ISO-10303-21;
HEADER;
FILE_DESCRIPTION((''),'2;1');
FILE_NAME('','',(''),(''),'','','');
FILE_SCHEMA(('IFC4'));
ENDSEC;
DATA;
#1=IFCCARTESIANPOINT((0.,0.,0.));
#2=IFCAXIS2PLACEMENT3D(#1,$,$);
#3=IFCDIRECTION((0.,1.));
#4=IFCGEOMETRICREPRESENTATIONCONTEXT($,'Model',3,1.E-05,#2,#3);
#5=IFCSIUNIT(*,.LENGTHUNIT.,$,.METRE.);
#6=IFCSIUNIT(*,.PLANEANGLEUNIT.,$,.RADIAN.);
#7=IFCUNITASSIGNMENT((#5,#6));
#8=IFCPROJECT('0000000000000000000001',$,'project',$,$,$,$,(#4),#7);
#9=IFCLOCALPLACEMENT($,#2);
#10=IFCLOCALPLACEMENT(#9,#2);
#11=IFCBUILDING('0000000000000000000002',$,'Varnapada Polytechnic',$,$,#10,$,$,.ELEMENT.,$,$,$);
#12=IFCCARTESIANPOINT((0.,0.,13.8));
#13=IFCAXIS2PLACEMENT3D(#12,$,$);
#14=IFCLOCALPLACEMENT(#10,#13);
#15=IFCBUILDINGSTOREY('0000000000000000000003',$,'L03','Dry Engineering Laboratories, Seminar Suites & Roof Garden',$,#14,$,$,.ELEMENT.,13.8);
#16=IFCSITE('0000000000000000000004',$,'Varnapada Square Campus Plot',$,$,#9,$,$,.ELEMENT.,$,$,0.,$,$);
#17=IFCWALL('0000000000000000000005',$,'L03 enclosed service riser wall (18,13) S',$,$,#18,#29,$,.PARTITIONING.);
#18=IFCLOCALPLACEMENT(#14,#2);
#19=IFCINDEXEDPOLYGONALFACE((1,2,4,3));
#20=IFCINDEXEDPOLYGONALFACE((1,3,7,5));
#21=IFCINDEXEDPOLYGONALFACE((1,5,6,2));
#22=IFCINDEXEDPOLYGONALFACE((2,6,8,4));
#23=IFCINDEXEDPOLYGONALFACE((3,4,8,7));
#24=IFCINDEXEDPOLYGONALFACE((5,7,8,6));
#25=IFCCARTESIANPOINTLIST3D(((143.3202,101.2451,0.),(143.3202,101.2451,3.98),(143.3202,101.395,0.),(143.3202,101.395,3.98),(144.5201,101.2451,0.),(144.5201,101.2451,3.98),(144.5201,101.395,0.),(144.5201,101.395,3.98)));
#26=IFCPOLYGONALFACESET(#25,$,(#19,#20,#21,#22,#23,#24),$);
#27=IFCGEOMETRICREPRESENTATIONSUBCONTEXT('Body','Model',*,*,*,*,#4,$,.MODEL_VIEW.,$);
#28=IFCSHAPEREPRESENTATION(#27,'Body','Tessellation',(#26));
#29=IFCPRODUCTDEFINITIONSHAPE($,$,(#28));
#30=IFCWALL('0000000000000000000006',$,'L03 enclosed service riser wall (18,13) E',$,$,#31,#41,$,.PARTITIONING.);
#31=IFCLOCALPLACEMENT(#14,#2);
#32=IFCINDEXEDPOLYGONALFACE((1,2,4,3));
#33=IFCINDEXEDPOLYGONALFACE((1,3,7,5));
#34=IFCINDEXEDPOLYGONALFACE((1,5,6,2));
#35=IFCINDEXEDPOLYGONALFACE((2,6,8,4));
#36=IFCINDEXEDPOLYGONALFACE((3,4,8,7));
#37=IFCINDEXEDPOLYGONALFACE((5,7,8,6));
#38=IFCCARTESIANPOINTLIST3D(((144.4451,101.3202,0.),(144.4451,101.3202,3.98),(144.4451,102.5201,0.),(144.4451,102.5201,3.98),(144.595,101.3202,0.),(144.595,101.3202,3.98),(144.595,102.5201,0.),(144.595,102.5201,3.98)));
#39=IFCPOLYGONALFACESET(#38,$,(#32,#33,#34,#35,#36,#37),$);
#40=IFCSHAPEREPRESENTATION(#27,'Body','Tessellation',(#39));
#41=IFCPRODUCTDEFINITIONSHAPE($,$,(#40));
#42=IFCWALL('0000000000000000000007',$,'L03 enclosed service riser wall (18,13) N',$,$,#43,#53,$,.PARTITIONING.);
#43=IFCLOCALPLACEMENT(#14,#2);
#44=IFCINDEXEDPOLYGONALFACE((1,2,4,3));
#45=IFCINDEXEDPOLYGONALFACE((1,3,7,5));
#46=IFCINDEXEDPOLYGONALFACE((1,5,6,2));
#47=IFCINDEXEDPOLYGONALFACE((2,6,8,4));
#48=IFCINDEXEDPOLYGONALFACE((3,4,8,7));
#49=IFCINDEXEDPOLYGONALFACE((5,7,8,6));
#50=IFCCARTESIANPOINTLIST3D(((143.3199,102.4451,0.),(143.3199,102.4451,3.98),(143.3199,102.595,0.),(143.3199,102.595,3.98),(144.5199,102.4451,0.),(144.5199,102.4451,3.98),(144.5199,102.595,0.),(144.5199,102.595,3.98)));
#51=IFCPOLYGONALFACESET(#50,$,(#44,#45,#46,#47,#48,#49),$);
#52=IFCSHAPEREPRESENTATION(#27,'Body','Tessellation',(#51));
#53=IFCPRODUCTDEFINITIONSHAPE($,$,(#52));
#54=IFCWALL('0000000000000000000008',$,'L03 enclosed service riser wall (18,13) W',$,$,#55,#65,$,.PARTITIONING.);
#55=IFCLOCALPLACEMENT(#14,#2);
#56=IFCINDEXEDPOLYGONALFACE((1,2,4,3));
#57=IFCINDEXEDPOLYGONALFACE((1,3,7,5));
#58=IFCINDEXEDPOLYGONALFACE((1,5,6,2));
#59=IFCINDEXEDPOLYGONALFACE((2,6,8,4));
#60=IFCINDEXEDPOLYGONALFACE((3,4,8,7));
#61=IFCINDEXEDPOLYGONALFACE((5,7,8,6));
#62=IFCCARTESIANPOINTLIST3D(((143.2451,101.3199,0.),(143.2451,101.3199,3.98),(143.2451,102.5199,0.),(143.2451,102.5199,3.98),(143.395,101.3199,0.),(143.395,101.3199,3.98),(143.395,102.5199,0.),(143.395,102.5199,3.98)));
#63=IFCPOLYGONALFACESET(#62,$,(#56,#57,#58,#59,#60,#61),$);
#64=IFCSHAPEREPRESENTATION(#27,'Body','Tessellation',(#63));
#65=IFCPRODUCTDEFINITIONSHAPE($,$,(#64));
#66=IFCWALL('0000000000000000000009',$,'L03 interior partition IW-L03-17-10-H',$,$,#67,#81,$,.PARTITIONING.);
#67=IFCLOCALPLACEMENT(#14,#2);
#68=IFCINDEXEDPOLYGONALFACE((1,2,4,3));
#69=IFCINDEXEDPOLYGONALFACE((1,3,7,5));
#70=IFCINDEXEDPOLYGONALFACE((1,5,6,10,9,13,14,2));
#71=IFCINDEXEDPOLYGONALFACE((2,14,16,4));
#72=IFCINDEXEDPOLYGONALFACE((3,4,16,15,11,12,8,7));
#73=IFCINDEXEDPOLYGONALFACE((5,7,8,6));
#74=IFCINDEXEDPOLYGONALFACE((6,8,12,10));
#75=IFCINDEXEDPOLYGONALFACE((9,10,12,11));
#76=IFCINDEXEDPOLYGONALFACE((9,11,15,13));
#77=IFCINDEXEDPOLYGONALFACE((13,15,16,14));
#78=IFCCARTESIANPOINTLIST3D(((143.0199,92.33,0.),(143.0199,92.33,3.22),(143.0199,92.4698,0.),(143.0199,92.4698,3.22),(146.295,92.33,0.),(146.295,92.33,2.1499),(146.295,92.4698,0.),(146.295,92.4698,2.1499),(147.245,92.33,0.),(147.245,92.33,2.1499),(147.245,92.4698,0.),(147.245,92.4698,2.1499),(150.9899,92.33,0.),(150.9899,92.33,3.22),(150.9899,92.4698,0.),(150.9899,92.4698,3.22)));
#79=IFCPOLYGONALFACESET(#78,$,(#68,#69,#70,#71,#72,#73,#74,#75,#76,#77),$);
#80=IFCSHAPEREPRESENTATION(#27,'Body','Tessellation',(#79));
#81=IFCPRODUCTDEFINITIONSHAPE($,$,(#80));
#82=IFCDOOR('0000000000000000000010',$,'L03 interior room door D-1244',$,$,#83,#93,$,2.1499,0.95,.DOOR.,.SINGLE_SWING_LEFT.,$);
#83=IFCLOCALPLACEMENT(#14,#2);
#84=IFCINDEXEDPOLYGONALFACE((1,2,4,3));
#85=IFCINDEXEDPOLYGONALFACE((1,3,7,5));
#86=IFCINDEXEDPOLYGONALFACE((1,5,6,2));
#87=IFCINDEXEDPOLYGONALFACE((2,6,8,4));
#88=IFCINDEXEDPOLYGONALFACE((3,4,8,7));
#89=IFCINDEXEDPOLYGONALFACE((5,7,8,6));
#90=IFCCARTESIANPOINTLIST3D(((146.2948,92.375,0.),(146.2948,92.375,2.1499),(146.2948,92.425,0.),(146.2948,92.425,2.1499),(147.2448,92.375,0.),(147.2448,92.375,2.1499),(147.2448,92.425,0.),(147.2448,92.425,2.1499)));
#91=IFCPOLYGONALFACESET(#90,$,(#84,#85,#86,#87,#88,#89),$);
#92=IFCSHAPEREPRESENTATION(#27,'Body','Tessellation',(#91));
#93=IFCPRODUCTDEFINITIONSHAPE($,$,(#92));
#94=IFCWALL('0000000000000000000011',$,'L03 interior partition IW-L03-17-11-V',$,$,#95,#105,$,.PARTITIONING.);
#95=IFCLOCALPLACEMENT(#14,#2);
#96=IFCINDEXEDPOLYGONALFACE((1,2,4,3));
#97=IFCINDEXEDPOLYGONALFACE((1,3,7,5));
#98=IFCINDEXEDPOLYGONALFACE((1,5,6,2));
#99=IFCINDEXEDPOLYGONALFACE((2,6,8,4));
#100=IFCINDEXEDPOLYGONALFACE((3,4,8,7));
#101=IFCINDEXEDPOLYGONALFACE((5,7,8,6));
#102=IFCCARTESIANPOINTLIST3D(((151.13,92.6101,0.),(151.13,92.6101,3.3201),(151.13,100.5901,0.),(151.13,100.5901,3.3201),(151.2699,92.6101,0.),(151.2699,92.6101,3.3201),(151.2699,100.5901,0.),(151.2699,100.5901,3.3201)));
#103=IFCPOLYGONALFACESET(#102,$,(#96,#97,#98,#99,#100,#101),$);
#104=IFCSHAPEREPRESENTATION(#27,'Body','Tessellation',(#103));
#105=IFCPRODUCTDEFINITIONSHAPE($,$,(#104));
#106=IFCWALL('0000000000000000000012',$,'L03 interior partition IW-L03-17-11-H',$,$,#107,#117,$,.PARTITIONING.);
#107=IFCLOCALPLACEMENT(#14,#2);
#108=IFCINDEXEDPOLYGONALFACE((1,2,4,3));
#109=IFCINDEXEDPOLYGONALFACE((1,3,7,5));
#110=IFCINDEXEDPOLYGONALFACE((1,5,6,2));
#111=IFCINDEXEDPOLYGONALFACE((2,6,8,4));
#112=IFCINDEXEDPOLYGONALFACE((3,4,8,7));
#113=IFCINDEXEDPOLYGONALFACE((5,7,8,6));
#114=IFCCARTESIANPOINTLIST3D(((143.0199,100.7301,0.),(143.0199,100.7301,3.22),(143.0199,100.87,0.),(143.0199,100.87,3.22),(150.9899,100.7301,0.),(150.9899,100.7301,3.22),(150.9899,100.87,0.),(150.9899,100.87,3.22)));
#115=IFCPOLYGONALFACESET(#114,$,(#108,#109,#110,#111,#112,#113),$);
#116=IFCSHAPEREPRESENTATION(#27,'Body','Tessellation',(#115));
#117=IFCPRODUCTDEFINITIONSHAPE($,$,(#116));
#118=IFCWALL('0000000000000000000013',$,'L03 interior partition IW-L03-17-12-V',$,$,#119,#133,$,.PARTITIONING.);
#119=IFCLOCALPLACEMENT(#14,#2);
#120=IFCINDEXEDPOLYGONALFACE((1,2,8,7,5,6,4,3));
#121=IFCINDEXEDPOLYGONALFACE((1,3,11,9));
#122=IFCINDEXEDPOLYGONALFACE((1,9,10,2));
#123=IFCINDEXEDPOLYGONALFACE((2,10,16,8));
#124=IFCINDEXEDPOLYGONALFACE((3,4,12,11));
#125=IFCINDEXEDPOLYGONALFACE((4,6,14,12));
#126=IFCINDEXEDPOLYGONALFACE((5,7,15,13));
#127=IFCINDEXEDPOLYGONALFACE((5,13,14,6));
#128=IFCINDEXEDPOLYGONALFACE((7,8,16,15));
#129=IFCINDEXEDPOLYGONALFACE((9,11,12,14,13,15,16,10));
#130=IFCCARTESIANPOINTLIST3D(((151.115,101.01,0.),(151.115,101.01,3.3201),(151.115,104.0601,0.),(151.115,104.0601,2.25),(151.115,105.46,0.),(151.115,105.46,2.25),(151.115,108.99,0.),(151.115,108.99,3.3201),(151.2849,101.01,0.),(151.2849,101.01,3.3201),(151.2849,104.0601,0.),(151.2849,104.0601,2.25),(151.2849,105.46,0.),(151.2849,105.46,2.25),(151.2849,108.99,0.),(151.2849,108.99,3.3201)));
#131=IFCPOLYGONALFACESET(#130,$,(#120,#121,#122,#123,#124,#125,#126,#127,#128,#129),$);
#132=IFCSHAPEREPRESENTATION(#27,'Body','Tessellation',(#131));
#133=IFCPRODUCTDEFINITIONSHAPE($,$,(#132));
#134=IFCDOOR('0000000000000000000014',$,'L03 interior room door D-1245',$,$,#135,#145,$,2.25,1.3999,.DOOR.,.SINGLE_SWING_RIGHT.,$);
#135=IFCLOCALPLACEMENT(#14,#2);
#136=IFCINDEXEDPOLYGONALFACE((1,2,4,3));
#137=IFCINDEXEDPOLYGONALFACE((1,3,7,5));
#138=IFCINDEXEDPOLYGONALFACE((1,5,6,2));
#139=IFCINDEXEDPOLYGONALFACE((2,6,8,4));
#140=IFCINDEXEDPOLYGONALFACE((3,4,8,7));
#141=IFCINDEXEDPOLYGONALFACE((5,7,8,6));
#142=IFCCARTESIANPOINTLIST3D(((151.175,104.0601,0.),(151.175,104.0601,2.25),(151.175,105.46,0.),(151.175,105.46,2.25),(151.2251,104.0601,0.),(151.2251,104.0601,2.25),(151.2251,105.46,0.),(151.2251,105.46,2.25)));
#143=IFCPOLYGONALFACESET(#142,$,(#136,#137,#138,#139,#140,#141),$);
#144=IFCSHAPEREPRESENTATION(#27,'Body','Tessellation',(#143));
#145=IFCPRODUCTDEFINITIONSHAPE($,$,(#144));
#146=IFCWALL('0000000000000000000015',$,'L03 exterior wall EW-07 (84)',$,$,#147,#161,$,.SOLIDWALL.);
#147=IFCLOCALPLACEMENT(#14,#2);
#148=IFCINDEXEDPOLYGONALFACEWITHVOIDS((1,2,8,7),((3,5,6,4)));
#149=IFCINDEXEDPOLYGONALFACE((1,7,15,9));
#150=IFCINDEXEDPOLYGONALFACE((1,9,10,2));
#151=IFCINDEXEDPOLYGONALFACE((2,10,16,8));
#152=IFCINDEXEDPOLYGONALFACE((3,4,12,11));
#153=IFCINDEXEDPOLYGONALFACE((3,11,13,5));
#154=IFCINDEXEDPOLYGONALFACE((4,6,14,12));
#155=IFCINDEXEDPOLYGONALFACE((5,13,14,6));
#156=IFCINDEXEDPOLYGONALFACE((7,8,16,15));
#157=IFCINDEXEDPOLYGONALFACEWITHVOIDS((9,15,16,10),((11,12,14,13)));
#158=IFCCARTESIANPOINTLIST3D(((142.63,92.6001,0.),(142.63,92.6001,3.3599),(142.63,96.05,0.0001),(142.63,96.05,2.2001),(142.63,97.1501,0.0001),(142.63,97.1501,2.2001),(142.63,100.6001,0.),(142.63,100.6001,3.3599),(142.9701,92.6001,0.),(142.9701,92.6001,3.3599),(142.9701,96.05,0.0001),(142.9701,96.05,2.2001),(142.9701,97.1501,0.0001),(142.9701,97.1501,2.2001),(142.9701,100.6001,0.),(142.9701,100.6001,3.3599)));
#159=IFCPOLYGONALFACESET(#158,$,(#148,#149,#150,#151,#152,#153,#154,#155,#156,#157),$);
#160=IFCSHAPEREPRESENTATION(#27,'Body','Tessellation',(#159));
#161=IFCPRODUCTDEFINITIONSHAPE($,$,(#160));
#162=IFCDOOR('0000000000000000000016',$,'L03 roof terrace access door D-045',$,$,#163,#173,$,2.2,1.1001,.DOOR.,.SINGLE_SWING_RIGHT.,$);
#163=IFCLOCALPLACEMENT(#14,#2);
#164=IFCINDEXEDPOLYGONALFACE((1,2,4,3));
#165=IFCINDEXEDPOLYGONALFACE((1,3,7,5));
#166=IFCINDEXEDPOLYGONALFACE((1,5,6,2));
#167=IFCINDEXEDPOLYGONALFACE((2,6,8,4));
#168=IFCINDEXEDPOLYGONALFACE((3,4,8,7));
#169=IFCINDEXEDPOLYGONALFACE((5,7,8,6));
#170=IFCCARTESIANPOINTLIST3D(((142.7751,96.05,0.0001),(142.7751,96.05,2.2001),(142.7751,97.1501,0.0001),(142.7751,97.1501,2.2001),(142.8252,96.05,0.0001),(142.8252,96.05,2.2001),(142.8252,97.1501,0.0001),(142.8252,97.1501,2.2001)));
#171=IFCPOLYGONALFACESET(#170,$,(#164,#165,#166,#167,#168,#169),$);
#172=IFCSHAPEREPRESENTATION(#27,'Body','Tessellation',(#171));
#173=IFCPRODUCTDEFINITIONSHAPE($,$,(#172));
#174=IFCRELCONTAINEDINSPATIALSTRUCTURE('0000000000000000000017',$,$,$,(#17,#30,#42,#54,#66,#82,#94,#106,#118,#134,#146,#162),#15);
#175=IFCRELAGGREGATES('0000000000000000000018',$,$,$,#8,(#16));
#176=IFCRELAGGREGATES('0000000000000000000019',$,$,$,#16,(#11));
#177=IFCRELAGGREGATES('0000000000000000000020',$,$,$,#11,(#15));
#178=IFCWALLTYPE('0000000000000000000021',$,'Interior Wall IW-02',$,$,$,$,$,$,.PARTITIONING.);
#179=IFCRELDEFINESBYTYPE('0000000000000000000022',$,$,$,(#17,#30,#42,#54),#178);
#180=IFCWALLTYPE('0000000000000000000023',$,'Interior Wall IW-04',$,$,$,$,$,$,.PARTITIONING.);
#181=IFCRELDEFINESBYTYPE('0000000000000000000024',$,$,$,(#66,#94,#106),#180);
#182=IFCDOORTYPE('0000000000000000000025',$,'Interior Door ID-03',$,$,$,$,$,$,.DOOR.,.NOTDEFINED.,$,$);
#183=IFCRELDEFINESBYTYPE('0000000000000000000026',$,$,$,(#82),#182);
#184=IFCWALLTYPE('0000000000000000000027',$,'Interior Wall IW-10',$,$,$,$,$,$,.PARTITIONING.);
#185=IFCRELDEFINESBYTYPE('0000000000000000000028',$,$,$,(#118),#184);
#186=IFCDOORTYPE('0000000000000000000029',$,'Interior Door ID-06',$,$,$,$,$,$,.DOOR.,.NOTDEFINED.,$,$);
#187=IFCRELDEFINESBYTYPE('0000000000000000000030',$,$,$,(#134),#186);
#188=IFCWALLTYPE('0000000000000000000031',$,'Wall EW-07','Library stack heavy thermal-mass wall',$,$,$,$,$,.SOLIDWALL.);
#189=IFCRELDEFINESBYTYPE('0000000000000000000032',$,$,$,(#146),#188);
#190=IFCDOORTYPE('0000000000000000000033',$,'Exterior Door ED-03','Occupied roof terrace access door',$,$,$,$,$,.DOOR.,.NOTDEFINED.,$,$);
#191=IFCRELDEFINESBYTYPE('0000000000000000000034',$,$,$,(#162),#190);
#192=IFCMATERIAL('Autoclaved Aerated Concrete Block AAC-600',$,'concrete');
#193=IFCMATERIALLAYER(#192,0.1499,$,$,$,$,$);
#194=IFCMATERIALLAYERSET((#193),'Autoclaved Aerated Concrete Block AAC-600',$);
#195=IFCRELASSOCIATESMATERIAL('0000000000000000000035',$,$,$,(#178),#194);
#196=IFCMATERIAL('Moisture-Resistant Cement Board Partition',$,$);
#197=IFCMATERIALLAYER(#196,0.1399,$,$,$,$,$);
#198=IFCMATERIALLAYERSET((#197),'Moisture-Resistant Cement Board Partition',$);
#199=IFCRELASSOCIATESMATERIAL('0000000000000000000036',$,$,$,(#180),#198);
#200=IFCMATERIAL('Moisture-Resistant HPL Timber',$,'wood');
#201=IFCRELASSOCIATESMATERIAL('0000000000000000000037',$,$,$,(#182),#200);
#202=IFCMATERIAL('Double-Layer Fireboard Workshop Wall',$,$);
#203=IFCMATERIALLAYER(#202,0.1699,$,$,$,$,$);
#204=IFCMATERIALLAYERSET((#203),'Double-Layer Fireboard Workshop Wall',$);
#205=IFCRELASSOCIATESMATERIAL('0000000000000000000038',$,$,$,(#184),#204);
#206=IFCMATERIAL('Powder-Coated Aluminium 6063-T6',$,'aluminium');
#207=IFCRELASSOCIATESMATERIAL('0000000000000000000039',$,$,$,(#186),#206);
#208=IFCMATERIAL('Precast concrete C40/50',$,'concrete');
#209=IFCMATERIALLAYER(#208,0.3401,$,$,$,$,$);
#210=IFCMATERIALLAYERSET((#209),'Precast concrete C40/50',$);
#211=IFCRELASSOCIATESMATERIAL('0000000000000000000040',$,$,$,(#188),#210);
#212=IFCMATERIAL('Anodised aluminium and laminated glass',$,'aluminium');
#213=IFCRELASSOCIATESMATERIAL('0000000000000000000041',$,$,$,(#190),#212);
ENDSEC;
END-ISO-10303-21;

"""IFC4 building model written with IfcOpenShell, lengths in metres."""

from ifc_helpers import new_model, si_unit, direction, frame, frame_2d, origin, place, context, subcontext, project, spatial, rectangle, extrude, material, layer, layer_set, type_object, element, fill, save


model = new_model("IFC4")

# Units and contexts
model_context = context("Model", 3, precision=1e-05, world=origin(), true_north=direction((0.0, 1.0)))
body_context = subcontext(model_context, "Body", "Model", "MODEL_VIEW")
ifc_project = project(units=[si_unit("LENGTHUNIT", "METRE"), si_unit("PLANEANGLEUNIT", "RADIAN")], contexts=[model_context])

# Site, building, storey
site_placement = place(None, origin())
site = spatial("IfcSite", under=ifc_project, at=site_placement, Name="Varnapada Square Campus Plot", CompositionType="ELEMENT", RefElevation=0.0)
building_placement = place(site_placement, origin())
building = spatial("IfcBuilding", under=site, at=building_placement, Name="Varnapada Polytechnic", CompositionType="ELEMENT")
storey_placement = place(building_placement, frame((0.0, 0.0, 13.8)))
storey = spatial("IfcBuildingStorey", under=building, at=storey_placement, Name="L03", Description="Dry Engineering Laboratories, Seminar Suites & Roof Garden", CompositionType="ELEMENT", Elevation=13.8)

# Walls
ifc_material_1 = material(Name="Autoclaved Aerated Concrete Block AAC-600", Category="concrete")
ifc_layer_1 = layer(ifc_material_1, 0.1499)
ifc_layer_set_1 = layer_set([ifc_layer_1], Name="Autoclaved Aerated Concrete Block AAC-600")
wall_type_1 = type_object("IfcWallType", Name="Interior Wall IW-02", PredefinedType="PARTITIONING", material=ifc_layer_set_1)
for number, where, z_axis, x_axis, name in (
    (1, (143.3201, 101.3201, 0.0), (0.0, 0.0, 1.0), (1.0, 0.0, 0.0), "L03 enclosed service riser wall (18,13) S"),
    (2, (144.52, 101.3201, 0.0), (0.0, 0.0, 1.0), (0.0, 1.0, 0.0), "L03 enclosed service riser wall (18,13) E"),
    (3, (144.52, 102.52, 0.0), (0.0, 0.0, 1.0), (-1.0, 0.0, 0.0), "L03 enclosed service riser wall (18,13) N"),
    (4, (143.3201, 102.52, 0.0), (0.0, 0.0, 1.0), (0.0, -1.0, 0.0), "L03 enclosed service riser wall (18,13) W"),
):
    element("IfcWall", number, at=place(storey_placement, frame(where, z_axis=z_axis, x_axis=x_axis)), inside=storey, type_object=wall_type_1, Name=name, PredefinedType="PARTITIONING", context=body_context, shape_type="SweptSolid", body=[
        extrude(rectangle(XDim=1.2, YDim=0.1499, at=frame_2d((0.6001, 0.0))), origin(), (0.0, 0.0, 1.0), 3.98),
    ])

# Wall, opening, door
ifc_material_2 = material(Name="Moisture-Resistant Cement Board Partition")
ifc_layer_2 = layer(ifc_material_2, 0.1399)
ifc_layer_set_2 = layer_set([ifc_layer_2], Name="Moisture-Resistant Cement Board Partition")
wall_type_2 = type_object("IfcWallType", Name="Interior Wall IW-04", PredefinedType="PARTITIONING", material=ifc_layer_set_2)
wall_1_placement = place(storey_placement, frame((143.02, 92.3999, 0.0), z_axis=(0.0, 0.0, 1.0), x_axis=(1.0, 0.0, 0.0)))
wall_1 = element("IfcWall", 5, at=wall_1_placement, inside=storey, type_object=wall_type_2, Name="L03 interior partition IW-L03-17-10-H", PredefinedType="PARTITIONING", context=body_context, shape_type="SweptSolid", body=[
    extrude(rectangle(XDim=7.97, YDim=0.1399, at=frame_2d((3.9849, 0.0))), origin(), (0.0, 0.0, 1.0), 3.22),
])
opening_1_placement = place(wall_1_placement, frame((3.2749, 0.0, 0.0)))
opening_1 = element("IfcOpeningElement", 6, at=opening_1_placement, cuts=wall_1, PredefinedType="OPENING", context=body_context, shape_type="SweptSolid", body=[
    extrude(rectangle(XDim=0.95, YDim=2.1499, at=frame_2d((0.4751, 1.075))), frame((0.0, 0.0798, 0.0), z_axis=(0.0, -1.0, 0.0), x_axis=(1.0, 0.0, 0.0)), (0.0, 0.0, 1.0), 0.1599),
])
ifc_material_3 = material(Name="Moisture-Resistant HPL Timber", Category="wood")
door_type_1 = type_object("IfcDoorType", Name="Interior Door ID-03", OperationType="NOTDEFINED", PredefinedType="DOOR", material=ifc_material_3)
door_1_placement = place(opening_1_placement, frame((0.95, 0.0, 0.0), z_axis=(0.0, 0.0, 1.0), x_axis=(-1.0, 0.0, 0.0)))
door_1 = element("IfcDoor", 7, at=door_1_placement, inside=storey, type_object=door_type_1, Name="L03 interior room door D-1244", OperationType="SINGLE_SWING_LEFT", OverallHeight=2.1499, OverallWidth=0.95, PredefinedType="DOOR", context=body_context, shape_type="SweptSolid", body=[
    extrude(rectangle(XDim=0.95, YDim=2.1499, at=frame_2d((0.4751, 1.075))), frame((0.0, 0.0249, 0.0), z_axis=(0.0, -1.0, 0.0), x_axis=(1.0, 0.0, 0.0)), (0.0, 0.0, 1.0), 0.05),
])
fill(opening_1, door_1)

# Walls
wall_2_placement = place(storey_placement, frame((151.2, 92.6101, 0.0), z_axis=(0.0, 0.0, 1.0), x_axis=(0.0, 1.0, 0.0)))
element("IfcWall", 8, at=wall_2_placement, inside=storey, type_object=wall_type_2, Name="L03 interior partition IW-L03-17-11-V", PredefinedType="PARTITIONING", context=body_context, shape_type="SweptSolid", body=[
    extrude(rectangle(XDim=7.98, YDim=0.1399, at=frame_2d((3.99, 0.0))), origin(), (0.0, 0.0, 1.0), 3.3201),
])
wall_3_placement = place(storey_placement, frame((143.02, 100.8, 0.0), z_axis=(0.0, 0.0, 1.0), x_axis=(1.0, 0.0, 0.0)))
element("IfcWall", 9, at=wall_3_placement, inside=storey, type_object=wall_type_2, Name="L03 interior partition IW-L03-17-11-H", PredefinedType="PARTITIONING", context=body_context, shape_type="SweptSolid", body=[
    extrude(rectangle(XDim=7.97, YDim=0.1399, at=frame_2d((3.9849, 0.0))), origin(), (0.0, 0.0, 1.0), 3.22),
])

# Walls, openings, doors
ifc_material_4 = material(Name="Double-Layer Fireboard Workshop Wall")
ifc_layer_3 = layer(ifc_material_4, 0.1699)
ifc_layer_set_3 = layer_set([ifc_layer_3], Name="Double-Layer Fireboard Workshop Wall")
wall_type_3 = type_object("IfcWallType", Name="Interior Wall IW-10", PredefinedType="PARTITIONING", material=ifc_layer_set_3)
wall_4_placement = place(storey_placement, frame((151.2, 101.01, 0.0), z_axis=(0.0, 0.0, 1.0), x_axis=(0.0, 1.0, 0.0)))
wall_4 = element("IfcWall", 10, at=wall_4_placement, inside=storey, type_object=wall_type_3, Name="L03 interior partition IW-L03-17-12-V", PredefinedType="PARTITIONING", context=body_context, shape_type="SweptSolid", body=[
    extrude(rectangle(XDim=7.98, YDim=0.1699, at=frame_2d((3.99, 0.0))), origin(), (0.0, 0.0, 1.0), 3.3201),
])
opening_2_placement = place(wall_4_placement, frame((3.05, 0.0, 0.0)))
opening_2 = element("IfcOpeningElement", 11, at=opening_2_placement, cuts=wall_4, PredefinedType="OPENING", context=body_context, shape_type="SweptSolid", body=[
    extrude(rectangle(XDim=1.3999, YDim=2.25, at=frame_2d((0.7, 1.125))), frame((0.0, 0.095, 0.0), z_axis=(0.0, -1.0, 0.0), x_axis=(1.0, 0.0, 0.0)), (0.0, 0.0, 1.0), 0.1899),
])
ifc_material_5 = material(Name="Powder-Coated Aluminium 6063-T6", Category="aluminium")
door_type_2 = type_object("IfcDoorType", Name="Interior Door ID-06", OperationType="NOTDEFINED", PredefinedType="DOOR", material=ifc_material_5)
door_2_placement = place(opening_2_placement, origin())
door_2 = element("IfcDoor", 12, at=door_2_placement, inside=storey, type_object=door_type_2, Name="L03 interior room door D-1245", OperationType="SINGLE_SWING_RIGHT", OverallHeight=2.25, OverallWidth=1.3999, PredefinedType="DOOR", context=body_context, shape_type="SweptSolid", body=[
    extrude(rectangle(XDim=1.3999, YDim=2.25, at=frame_2d((0.7, 1.125))), frame((0.0, 0.0249, 0.0), z_axis=(0.0, -1.0, 0.0), x_axis=(1.0, 0.0, 0.0)), (0.0, 0.0, 1.0), 0.05),
])
fill(opening_2, door_2)
ifc_material_6 = material(Name="Precast concrete C40/50", Category="concrete")
ifc_layer_4 = layer(ifc_material_6, 0.3401)
ifc_layer_set_4 = layer_set([ifc_layer_4], Name="Precast concrete C40/50")
wall_type_4 = type_object("IfcWallType", Name="Wall EW-07", Description="Library stack heavy thermal-mass wall", PredefinedType="SOLIDWALL", material=ifc_layer_set_4)
wall_5_placement = place(storey_placement, frame((142.8, 92.6001, 0.0), z_axis=(0.0, 0.0, 1.0), x_axis=(0.0, 1.0, 0.0)))
wall_5 = element("IfcWall", 13, at=wall_5_placement, inside=storey, type_object=wall_type_4, Name="L03 exterior wall EW-07 (84)", PredefinedType="SOLIDWALL", context=body_context, shape_type="SweptSolid", body=[
    extrude(rectangle(XDim=8.0, YDim=0.3401, at=frame_2d((4.0, 0.0))), origin(), (0.0, 0.0, 1.0), 3.3599),
])
opening_3_placement = place(wall_5_placement, frame((3.45, 0.0, 0.0)))
opening_3 = element("IfcOpeningElement", 14, at=opening_3_placement, cuts=wall_5, PredefinedType="OPENING", context=body_context, shape_type="SweptSolid", body=[
    extrude(rectangle(XDim=1.1001, YDim=2.2, at=frame_2d((0.55, 1.1001))), frame((0.0, 0.1799, 0.0), z_axis=(0.0, -1.0, 0.0), x_axis=(1.0, 0.0, 0.0)), (0.0, 0.0, 1.0), 0.3601),
])
ifc_material_7 = material(Name="Anodised aluminium and laminated glass", Category="aluminium")
door_type_3 = type_object("IfcDoorType", Name="Exterior Door ED-03", Description="Occupied roof terrace access door", OperationType="NOTDEFINED", PredefinedType="DOOR", material=ifc_material_7)
door_3_placement = place(opening_3_placement, origin())
door_3 = element("IfcDoor", 15, at=door_3_placement, inside=storey, type_object=door_type_3, Name="L03 roof terrace access door D-045", OperationType="SINGLE_SWING_RIGHT", OverallHeight=2.2, OverallWidth=1.1001, PredefinedType="DOOR", context=body_context, shape_type="SweptSolid", body=[
    extrude(rectangle(XDim=1.1001, YDim=2.2, at=frame_2d((0.55, 1.1001))), frame((0.0, 0.0249, 0.0), z_axis=(0.0, -1.0, 0.0), x_axis=(1.0, 0.0, 0.0)), (0.0, 0.0, 1.0), 0.05),
])
fill(opening_3, door_3)

save(model, "model.ifc")
